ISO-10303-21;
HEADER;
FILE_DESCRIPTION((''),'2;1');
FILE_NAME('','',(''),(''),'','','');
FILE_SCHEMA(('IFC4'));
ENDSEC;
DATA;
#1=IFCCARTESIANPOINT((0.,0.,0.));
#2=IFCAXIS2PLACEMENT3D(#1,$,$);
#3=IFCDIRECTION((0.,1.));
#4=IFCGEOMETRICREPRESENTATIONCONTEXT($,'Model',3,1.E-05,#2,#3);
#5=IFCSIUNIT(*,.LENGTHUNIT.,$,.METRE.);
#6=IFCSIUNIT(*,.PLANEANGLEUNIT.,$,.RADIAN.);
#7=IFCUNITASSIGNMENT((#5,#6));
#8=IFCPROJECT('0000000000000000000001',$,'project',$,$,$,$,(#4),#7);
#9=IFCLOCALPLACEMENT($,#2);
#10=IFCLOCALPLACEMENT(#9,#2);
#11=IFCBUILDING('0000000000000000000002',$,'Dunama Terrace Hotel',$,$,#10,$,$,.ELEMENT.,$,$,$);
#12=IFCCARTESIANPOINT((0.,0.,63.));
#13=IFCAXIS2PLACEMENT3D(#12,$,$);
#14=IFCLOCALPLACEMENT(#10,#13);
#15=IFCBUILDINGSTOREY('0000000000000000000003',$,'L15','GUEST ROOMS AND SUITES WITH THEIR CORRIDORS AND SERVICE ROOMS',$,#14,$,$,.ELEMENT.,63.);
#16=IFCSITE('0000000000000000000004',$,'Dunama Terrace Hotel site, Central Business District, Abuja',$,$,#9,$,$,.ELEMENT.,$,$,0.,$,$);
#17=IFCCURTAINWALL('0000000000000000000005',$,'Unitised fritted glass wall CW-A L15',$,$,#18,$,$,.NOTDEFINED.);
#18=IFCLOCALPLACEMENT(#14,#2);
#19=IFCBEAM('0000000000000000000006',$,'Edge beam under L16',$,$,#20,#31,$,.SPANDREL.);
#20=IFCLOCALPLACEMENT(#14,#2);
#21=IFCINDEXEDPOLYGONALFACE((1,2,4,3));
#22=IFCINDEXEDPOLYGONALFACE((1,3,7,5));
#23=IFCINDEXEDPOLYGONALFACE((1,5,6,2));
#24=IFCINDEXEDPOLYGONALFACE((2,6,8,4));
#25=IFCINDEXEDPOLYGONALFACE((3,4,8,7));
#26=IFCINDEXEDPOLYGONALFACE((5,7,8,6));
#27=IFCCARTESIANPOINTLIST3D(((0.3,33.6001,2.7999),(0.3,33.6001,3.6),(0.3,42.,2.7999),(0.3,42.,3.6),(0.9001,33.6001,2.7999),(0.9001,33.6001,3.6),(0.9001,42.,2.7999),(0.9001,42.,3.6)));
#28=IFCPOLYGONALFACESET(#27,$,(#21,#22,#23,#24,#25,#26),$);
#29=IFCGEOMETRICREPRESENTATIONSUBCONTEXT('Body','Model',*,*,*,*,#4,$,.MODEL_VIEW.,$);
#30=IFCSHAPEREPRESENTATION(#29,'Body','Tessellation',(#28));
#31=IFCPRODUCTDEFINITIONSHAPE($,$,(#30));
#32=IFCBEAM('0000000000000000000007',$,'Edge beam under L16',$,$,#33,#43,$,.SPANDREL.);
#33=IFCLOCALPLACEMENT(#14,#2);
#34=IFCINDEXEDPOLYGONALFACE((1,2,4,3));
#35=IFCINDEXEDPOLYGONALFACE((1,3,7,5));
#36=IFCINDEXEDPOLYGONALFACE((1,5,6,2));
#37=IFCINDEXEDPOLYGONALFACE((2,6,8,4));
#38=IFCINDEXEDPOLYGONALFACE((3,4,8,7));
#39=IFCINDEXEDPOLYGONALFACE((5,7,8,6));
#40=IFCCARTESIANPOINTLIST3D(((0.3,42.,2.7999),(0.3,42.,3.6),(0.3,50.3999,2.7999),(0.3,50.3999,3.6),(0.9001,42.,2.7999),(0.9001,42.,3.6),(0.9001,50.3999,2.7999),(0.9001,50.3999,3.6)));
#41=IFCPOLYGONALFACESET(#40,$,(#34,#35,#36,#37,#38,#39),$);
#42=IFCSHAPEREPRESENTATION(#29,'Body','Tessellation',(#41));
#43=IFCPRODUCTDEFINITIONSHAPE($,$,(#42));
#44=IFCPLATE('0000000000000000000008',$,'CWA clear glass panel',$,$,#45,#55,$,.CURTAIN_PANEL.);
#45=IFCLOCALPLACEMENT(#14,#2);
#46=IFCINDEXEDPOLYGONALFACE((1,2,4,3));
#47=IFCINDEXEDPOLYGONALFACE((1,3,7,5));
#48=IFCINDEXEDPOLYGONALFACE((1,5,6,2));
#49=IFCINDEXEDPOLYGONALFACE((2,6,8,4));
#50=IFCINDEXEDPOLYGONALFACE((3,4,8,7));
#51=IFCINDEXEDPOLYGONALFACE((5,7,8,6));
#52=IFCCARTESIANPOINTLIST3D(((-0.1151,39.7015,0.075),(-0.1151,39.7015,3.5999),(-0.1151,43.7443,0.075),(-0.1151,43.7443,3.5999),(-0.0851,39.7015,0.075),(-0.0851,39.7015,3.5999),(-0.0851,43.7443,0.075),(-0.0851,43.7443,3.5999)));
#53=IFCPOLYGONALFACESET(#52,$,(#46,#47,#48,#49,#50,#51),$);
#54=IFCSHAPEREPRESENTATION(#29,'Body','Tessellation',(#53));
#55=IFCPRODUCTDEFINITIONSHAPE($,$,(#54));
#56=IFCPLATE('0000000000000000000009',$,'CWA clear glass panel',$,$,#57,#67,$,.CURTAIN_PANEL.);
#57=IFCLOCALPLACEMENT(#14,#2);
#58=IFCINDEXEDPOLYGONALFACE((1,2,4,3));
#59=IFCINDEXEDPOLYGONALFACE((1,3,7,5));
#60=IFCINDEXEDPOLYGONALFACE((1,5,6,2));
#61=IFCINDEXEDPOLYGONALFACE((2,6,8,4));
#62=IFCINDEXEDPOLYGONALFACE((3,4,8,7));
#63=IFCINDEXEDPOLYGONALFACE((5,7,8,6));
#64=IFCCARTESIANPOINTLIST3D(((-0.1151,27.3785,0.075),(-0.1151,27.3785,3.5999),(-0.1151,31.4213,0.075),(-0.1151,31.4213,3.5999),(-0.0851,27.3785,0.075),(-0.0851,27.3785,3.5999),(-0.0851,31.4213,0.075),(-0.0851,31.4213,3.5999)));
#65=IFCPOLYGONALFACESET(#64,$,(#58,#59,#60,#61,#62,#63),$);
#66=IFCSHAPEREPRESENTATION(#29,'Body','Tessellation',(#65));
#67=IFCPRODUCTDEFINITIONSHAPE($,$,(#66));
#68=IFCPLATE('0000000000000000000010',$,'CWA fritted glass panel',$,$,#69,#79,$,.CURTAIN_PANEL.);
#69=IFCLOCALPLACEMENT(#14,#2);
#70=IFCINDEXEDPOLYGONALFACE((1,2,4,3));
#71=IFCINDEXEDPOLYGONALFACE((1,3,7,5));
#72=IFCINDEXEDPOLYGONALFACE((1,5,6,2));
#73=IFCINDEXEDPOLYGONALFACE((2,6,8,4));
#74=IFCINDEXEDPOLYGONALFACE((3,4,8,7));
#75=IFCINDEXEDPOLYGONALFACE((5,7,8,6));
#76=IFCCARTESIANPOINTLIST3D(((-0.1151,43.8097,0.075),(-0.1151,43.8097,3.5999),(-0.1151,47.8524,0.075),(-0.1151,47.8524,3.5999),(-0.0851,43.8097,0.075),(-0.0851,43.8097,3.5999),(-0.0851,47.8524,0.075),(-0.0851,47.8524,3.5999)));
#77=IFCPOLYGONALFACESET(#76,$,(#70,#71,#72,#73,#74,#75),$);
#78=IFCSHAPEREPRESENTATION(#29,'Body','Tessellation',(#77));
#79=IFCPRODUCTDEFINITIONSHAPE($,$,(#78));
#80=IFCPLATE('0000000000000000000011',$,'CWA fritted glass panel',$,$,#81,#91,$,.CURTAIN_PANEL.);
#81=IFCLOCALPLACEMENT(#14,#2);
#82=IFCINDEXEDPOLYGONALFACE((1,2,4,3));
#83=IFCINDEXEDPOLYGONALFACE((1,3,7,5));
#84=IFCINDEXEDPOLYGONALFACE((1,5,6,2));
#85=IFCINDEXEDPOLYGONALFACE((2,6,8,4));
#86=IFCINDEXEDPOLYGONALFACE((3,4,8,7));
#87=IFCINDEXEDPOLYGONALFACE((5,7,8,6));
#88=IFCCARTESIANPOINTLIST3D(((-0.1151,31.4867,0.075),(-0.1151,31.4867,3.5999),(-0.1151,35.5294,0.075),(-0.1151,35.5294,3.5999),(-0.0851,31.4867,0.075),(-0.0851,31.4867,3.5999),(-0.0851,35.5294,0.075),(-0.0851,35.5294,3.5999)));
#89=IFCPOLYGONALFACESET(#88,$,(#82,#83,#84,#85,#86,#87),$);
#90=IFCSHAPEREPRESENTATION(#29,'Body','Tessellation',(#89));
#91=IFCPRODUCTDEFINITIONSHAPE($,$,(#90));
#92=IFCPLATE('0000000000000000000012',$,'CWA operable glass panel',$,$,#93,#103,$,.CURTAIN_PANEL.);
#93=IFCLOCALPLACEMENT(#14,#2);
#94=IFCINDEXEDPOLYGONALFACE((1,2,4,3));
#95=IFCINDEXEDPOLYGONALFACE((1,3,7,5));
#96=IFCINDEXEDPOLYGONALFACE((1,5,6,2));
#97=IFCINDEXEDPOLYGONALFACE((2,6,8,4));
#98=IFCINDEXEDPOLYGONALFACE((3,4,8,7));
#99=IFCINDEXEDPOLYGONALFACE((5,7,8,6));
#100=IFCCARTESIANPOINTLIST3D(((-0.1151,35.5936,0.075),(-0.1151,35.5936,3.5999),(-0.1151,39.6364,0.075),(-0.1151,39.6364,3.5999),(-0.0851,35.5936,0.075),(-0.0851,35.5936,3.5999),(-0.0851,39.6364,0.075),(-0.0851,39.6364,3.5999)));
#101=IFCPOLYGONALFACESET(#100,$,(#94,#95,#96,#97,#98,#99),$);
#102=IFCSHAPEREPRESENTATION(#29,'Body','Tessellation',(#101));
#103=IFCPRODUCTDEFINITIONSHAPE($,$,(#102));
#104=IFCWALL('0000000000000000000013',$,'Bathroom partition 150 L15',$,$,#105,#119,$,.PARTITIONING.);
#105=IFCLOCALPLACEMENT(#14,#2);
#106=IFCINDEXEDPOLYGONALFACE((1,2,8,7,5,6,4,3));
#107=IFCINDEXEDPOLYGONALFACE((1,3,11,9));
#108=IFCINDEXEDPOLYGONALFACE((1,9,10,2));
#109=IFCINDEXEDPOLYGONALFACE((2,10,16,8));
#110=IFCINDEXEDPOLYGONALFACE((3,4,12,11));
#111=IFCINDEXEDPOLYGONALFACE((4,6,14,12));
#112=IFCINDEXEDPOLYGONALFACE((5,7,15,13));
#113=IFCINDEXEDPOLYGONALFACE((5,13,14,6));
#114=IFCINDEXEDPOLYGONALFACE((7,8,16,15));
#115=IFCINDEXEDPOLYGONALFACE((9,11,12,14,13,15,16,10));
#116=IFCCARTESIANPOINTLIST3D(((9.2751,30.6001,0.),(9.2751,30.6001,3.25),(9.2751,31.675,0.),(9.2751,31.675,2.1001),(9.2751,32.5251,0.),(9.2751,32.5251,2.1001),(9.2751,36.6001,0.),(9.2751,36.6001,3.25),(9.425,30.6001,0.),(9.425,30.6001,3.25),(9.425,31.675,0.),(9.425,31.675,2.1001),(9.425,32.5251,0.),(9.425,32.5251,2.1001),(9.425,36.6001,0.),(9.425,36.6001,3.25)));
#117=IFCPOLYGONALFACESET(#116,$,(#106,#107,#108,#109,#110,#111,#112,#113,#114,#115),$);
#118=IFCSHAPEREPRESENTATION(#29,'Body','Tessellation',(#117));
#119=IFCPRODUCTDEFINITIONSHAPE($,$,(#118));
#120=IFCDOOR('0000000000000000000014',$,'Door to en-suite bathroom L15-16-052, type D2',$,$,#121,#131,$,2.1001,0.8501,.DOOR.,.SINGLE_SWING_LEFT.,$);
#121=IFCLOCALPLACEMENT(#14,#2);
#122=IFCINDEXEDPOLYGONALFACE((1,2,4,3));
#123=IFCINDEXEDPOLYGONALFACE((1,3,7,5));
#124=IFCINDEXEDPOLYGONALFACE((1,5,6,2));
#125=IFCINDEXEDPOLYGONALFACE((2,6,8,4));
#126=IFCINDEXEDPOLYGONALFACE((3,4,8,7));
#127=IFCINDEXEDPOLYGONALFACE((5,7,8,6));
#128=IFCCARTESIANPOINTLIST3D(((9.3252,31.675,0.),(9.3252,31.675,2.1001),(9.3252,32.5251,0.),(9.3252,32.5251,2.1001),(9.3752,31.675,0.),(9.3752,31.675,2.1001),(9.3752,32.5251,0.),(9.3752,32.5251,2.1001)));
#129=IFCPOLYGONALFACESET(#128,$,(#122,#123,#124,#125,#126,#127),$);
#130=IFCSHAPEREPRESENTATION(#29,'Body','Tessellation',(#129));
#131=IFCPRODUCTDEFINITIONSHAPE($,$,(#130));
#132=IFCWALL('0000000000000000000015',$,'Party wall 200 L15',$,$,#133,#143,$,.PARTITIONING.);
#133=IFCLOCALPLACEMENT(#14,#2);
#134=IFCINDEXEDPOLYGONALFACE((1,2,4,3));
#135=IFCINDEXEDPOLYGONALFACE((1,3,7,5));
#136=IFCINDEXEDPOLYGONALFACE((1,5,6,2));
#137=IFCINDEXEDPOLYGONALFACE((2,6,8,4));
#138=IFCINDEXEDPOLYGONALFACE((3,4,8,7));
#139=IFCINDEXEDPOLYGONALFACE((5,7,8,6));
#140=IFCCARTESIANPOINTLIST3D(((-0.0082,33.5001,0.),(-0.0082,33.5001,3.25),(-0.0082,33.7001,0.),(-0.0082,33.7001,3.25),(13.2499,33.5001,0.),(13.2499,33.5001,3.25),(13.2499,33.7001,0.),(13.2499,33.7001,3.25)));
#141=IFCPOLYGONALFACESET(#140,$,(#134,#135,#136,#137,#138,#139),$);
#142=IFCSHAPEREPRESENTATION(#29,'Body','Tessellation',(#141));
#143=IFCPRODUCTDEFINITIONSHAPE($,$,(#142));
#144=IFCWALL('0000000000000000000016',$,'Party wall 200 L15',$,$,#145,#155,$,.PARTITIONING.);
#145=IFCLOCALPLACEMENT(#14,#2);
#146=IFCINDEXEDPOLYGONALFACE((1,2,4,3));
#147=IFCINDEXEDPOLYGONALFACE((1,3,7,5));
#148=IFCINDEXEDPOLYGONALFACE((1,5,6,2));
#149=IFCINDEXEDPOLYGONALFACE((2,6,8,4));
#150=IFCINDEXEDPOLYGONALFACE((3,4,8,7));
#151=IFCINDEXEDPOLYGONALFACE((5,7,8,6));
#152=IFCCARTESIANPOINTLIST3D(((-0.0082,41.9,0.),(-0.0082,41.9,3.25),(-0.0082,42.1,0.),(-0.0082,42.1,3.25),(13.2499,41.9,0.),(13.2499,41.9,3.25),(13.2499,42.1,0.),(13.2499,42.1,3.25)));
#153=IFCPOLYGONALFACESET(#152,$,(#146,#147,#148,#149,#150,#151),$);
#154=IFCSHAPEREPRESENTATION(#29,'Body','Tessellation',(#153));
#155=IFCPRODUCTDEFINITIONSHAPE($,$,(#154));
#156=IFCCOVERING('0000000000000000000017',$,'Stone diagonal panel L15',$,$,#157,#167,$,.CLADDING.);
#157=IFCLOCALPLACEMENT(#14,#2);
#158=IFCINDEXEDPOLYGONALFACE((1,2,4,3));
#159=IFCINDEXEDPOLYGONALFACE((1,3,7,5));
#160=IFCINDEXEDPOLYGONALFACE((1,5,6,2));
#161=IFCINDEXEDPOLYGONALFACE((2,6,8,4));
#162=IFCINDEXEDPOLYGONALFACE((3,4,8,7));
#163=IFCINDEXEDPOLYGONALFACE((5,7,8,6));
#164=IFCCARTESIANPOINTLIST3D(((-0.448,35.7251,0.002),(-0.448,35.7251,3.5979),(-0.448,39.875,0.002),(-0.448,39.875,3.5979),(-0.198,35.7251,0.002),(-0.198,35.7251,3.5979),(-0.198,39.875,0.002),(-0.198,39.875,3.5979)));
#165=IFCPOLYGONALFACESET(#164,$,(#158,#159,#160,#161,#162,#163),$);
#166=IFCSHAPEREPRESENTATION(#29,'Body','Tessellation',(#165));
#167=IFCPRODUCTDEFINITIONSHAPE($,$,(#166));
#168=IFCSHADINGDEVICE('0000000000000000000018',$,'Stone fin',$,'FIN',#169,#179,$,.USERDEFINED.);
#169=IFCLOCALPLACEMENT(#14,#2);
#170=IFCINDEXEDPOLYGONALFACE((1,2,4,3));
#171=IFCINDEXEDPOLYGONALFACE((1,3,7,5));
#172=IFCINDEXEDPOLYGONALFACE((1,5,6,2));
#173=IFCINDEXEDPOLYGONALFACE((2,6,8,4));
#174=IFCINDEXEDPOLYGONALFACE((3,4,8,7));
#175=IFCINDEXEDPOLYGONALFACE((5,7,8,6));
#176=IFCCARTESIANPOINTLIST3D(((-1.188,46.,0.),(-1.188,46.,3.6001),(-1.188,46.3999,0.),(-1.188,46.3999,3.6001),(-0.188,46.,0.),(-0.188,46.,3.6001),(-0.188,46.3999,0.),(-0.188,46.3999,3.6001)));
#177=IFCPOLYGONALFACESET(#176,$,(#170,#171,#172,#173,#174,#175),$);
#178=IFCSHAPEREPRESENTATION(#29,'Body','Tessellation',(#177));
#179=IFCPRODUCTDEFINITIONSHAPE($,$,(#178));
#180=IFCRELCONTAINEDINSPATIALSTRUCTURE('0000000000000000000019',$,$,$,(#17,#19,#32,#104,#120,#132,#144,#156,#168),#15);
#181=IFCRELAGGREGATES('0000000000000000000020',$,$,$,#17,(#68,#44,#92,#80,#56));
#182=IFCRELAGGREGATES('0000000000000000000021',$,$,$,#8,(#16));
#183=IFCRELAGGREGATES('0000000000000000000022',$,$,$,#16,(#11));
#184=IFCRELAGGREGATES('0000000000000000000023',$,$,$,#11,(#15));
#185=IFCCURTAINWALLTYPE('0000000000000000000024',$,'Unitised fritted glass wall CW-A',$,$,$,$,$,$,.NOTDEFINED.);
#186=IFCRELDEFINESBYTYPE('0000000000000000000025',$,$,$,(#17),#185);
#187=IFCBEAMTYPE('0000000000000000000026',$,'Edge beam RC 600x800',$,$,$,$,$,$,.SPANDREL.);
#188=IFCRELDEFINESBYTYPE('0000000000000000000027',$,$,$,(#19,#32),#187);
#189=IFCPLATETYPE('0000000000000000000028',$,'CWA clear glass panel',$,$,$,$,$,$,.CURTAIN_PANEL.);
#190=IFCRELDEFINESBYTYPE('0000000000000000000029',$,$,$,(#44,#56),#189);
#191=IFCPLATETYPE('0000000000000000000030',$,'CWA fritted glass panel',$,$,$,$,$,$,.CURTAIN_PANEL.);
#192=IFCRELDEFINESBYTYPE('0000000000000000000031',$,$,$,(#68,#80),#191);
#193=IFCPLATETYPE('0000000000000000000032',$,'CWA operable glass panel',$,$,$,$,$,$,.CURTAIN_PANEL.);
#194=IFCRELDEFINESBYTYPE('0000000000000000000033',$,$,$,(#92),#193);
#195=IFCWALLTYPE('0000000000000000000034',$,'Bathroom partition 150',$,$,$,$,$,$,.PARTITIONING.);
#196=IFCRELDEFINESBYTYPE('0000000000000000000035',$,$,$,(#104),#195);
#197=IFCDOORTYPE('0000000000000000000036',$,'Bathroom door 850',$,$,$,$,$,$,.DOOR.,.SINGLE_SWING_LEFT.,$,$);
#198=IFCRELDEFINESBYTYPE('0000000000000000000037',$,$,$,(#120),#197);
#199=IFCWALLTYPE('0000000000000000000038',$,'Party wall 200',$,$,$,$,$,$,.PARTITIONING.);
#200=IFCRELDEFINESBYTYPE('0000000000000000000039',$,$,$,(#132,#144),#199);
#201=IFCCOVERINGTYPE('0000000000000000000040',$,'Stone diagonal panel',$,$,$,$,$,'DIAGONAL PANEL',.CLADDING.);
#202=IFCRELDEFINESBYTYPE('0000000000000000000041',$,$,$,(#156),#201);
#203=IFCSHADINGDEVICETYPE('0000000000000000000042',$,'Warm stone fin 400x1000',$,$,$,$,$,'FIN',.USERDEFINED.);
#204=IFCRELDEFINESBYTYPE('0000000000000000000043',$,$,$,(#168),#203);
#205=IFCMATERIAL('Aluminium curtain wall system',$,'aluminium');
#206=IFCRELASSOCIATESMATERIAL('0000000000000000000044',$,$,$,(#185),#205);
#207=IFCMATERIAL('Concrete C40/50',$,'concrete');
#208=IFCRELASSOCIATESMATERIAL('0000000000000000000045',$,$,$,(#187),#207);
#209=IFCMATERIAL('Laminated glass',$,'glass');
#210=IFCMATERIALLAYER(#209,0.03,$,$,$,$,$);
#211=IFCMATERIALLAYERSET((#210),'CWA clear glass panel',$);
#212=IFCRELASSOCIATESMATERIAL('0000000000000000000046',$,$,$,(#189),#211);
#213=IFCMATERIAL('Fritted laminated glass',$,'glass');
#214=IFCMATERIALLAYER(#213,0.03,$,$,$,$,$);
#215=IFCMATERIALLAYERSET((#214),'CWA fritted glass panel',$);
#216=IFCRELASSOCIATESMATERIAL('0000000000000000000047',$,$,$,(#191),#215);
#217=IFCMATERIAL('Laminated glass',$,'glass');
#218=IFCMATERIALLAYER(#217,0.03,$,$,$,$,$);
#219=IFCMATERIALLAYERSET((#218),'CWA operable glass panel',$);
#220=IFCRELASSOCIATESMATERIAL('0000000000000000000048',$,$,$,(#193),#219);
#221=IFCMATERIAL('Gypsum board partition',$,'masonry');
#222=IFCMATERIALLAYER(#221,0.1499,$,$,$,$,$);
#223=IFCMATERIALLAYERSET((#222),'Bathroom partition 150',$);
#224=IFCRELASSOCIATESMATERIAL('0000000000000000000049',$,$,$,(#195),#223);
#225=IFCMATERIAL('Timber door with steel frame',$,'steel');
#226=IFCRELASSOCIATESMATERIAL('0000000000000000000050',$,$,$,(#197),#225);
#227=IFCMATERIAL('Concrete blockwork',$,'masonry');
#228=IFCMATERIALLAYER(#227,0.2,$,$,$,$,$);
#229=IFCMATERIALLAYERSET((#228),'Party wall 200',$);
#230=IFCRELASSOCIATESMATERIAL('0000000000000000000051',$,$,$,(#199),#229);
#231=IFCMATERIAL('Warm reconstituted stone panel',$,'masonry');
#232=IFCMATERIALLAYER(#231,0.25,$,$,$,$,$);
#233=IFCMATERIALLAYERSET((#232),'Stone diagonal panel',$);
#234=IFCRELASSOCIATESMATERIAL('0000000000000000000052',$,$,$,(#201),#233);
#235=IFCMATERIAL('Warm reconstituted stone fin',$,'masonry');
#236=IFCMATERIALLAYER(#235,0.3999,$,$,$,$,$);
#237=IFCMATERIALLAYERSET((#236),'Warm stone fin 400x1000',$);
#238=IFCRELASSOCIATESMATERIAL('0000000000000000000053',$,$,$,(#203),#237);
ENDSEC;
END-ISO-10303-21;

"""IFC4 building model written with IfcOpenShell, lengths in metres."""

from ifc_helpers import new_model, si_unit, direction, frame, frame_2d, origin, origin_2d, place, context, subcontext, project, spatial, rectangle, extrude, material, layer, layer_set, material_profile, profile_set, type_object, element, fill, aggregate, save


model = new_model("IFC4")

# Units and contexts
model_context = context("Model", 3, precision=1e-05, world=origin(), true_north=direction((0.0, 1.0)))
body_context = subcontext(model_context, "Body", "Model", "MODEL_VIEW")
ifc_project = project(units=[si_unit("LENGTHUNIT", "METRE"), si_unit("PLANEANGLEUNIT", "RADIAN")], contexts=[model_context])

# Site, building, storey
site_placement = place(None, origin())
site = spatial("IfcSite", under=ifc_project, at=site_placement, Name="Dunama Terrace Hotel site, Central Business District, Abuja", CompositionType="ELEMENT", RefElevation=0.0)
building_placement = place(site_placement, origin())
building = spatial("IfcBuilding", under=site, at=building_placement, Name="Dunama Terrace Hotel", CompositionType="ELEMENT")
storey_placement = place(building_placement, frame((0.0, 0.0, 63.0)))
storey = spatial("IfcBuildingStorey", under=building, at=storey_placement, Name="L15", Description="GUEST ROOMS AND SUITES WITH THEIR CORRIDORS AND SERVICE ROOMS", CompositionType="ELEMENT", Elevation=63.0)

# Curtain wall
ifc_material_1 = material(Name="Aluminium curtain wall system", Category="aluminium")
curtain_wall_type = type_object("IfcCurtainWallType", Name="Unitised fritted glass wall CW-A", PredefinedType="NOTDEFINED", material=ifc_material_1)
curtain_wall_placement = place(storey_placement, origin())
curtain_wall = element("IfcCurtainWall", 1, at=curtain_wall_placement, inside=storey, type_object=curtain_wall_type, Name="Unitised fritted glass wall CW-A L15", PredefinedType="NOTDEFINED")

# Beams
ifc_material_2 = material(Name="Concrete C40/50", Category="concrete")
ifc_material_profile_1 = material_profile(ifc_material_2, rectangle(XDim=0.6001, YDim=0.8, at=origin_2d()), Name="RC 600x800")
ifc_profile_set_1 = profile_set([ifc_material_profile_1], Name="Concrete C40/50")
beam_type = type_object("IfcBeamType", Name="Edge beam RC 600x800", PredefinedType="SPANDREL", material=ifc_profile_set_1)
for number, where, z_axis, x_axis, name in (
    (2, (0.6001, 33.6001, 3.2), (0.0, 1.0, 0.0), (-1.0, 0.0, 0.0), "Edge beam under L16"),
    (3, (0.6001, 42.0, 3.2), (0.0, 1.0, 0.0), (-1.0, 0.0, 0.0), "Edge beam under L16"),
):
    element("IfcBeam", number, at=place(storey_placement, frame(where, z_axis=z_axis, x_axis=x_axis)), inside=storey, type_object=beam_type, Name=name, PredefinedType="SPANDREL", context=body_context, shape_type="SweptSolid", body=[
        extrude(rectangle(XDim=0.6001, YDim=0.8, at=origin_2d()), origin(), (0.0, 0.0, 1.0), 8.3999),
    ])

# Plates
ifc_material_3 = material(Name="Laminated glass", Category="glass")
ifc_layer_1 = layer(ifc_material_3, 0.03)
ifc_layer_set_1 = layer_set([ifc_layer_1], Name="CWA clear glass panel")
plate_type_1 = type_object("IfcPlateType", Name="CWA clear glass panel", PredefinedType="CURTAIN_PANEL", material=ifc_layer_set_1)
plate_1_placement = place(storey_placement, frame((-0.1001, 41.7229, 0.075), z_axis=(0.0, 0.0, 1.0), x_axis=(0.0, -1.0, 0.0)))
plate_1 = element("IfcPlate", 4, at=plate_1_placement, type_object=plate_type_1, Name="CWA clear glass panel", PredefinedType="CURTAIN_PANEL", context=body_context, shape_type="SweptSolid", body=[
    extrude(rectangle(XDim=4.0427, YDim=0.03, at=origin_2d()), origin(), (0.0, 0.0, 1.0), 3.5249),
])
plate_2_placement = place(storey_placement, frame((-0.1001, 29.3999, 0.075), z_axis=(0.0, 0.0, 1.0), x_axis=(0.0, -1.0, 0.0)))
plate_2 = element("IfcPlate", 5, at=plate_2_placement, type_object=plate_type_1, Name="CWA clear glass panel", PredefinedType="CURTAIN_PANEL", context=body_context, shape_type="SweptSolid", body=[
    extrude(rectangle(XDim=4.0427, YDim=0.03, at=origin_2d()), origin(), (0.0, 0.0, 1.0), 3.5249),
])
ifc_material_4 = material(Name="Fritted laminated glass", Category="glass")
ifc_layer_2 = layer(ifc_material_4, 0.03)
ifc_layer_set_2 = layer_set([ifc_layer_2], Name="CWA fritted glass panel")
plate_type_2 = type_object("IfcPlateType", Name="CWA fritted glass panel", PredefinedType="CURTAIN_PANEL", material=ifc_layer_set_2)
plate_3_placement = place(storey_placement, frame((-0.1001, 45.8311, 0.075), z_axis=(0.0, 0.0, 1.0), x_axis=(0.0, -1.0, 0.0)))
plate_3 = element("IfcPlate", 6, at=plate_3_placement, type_object=plate_type_2, Name="CWA fritted glass panel", PredefinedType="CURTAIN_PANEL", context=body_context, shape_type="SweptSolid", body=[
    extrude(rectangle(XDim=4.0427, YDim=0.03, at=origin_2d()), origin(), (0.0, 0.0, 1.0), 3.5249),
])
plate_4_placement = place(storey_placement, frame((-0.1001, 33.5081, 0.075), z_axis=(0.0, 0.0, 1.0), x_axis=(0.0, -1.0, 0.0)))
plate_4 = element("IfcPlate", 7, at=plate_4_placement, type_object=plate_type_2, Name="CWA fritted glass panel", PredefinedType="CURTAIN_PANEL", context=body_context, shape_type="SweptSolid", body=[
    extrude(rectangle(XDim=4.0427, YDim=0.03, at=origin_2d()), origin(), (0.0, 0.0, 1.0), 3.5249),
])
ifc_material_5 = material(Name="Laminated glass", Category="glass")
ifc_layer_3 = layer(ifc_material_5, 0.03)
ifc_layer_set_3 = layer_set([ifc_layer_3], Name="CWA operable glass panel")
plate_type_3 = type_object("IfcPlateType", Name="CWA operable glass panel", PredefinedType="CURTAIN_PANEL", material=ifc_layer_set_3)
plate_5_placement = place(storey_placement, frame((-0.1001, 37.615, 0.075), z_axis=(0.0, 0.0, 1.0), x_axis=(0.0, -1.0, 0.0)))
plate_5 = element("IfcPlate", 8, at=plate_5_placement, type_object=plate_type_3, Name="CWA operable glass panel", PredefinedType="CURTAIN_PANEL", context=body_context, shape_type="SweptSolid", body=[
    extrude(rectangle(XDim=4.0427, YDim=0.03, at=origin_2d()), origin(), (0.0, 0.0, 1.0), 3.5249),
])
aggregate(curtain_wall, [plate_3, plate_1, plate_5, plate_4, plate_2])

# Wall, opening, door
ifc_material_6 = material(Name="Gypsum board partition", Category="masonry")
ifc_layer_4 = layer(ifc_material_6, 0.1499)
ifc_layer_set_4 = layer_set([ifc_layer_4], Name="Bathroom partition 150")
wall_type_1 = type_object("IfcWallType", Name="Bathroom partition 150", PredefinedType="PARTITIONING", material=ifc_layer_set_4)
wall_placement = place(storey_placement, frame((9.3501, 30.6001, 0.0), z_axis=(0.0, 0.0, 1.0), x_axis=(0.0, 1.0, 0.0)))
wall = element("IfcWall", 9, at=wall_placement, inside=storey, type_object=wall_type_1, Name="Bathroom partition 150 L15", PredefinedType="PARTITIONING", context=body_context, shape_type="SweptSolid", body=[
    extrude(rectangle(XDim=6.0, YDim=0.1499, at=frame_2d((3.0, 0.0))), origin(), (0.0, 0.0, 1.0), 3.25),
])
opening_placement = place(wall_placement, frame((1.075, 0.0, 0.0)))
opening = element("IfcOpeningElement", 10, at=opening_placement, cuts=wall, PredefinedType="OPENING", context=body_context, shape_type="SweptSolid", body=[
    extrude(rectangle(XDim=0.8501, YDim=2.1001, at=frame_2d((0.425, 1.05))), frame((0.0, 0.085, 0.0), z_axis=(0.0, -1.0, 0.0), x_axis=(1.0, 0.0, 0.0)), (0.0, 0.0, 1.0), 0.1699),
])
ifc_material_7 = material(Name="Timber door with steel frame", Category="steel")
door_type = type_object("IfcDoorType", Name="Bathroom door 850", OperationType="SINGLE_SWING_LEFT", PredefinedType="DOOR", material=ifc_material_7)
door_placement = place(opening_placement, frame((0.8501, 0.0, 0.0), z_axis=(0.0, 0.0, 1.0), x_axis=(-1.0, 0.0, 0.0)))
door = element("IfcDoor", 11, at=door_placement, inside=storey, type_object=door_type, Name="Door to en-suite bathroom L15-16-052, type D2", OperationType="SINGLE_SWING_LEFT", OverallHeight=2.1001, OverallWidth=0.8501, PredefinedType="DOOR", context=body_context, shape_type="SweptSolid", body=[
    extrude(rectangle(XDim=0.8501, YDim=2.1001, at=frame_2d((0.425, 1.05))), frame((0.0, 0.0251, 0.0), z_axis=(0.0, -1.0, 0.0), x_axis=(1.0, 0.0, 0.0)), (0.0, 0.0, 1.0), 0.05),
])
fill(opening, door)

# Walls
ifc_material_8 = material(Name="Concrete blockwork", Category="masonry")
ifc_layer_5 = layer(ifc_material_8, 0.2)
ifc_layer_set_5 = layer_set([ifc_layer_5], Name="Party wall 200")
wall_type_2 = type_object("IfcWallType", Name="Party wall 200", PredefinedType="PARTITIONING", material=ifc_layer_set_5)
for number, where, z_axis, x_axis, name in (
    (12, (-0.0081, 33.6001, 0.0), (0.0, 0.0, 1.0), (1.0, 0.0, 0.0), "Party wall 200 L15"),
    (13, (-0.0081, 42.0, 0.0), (0.0, 0.0, 1.0), (1.0, 0.0, 0.0), "Party wall 200 L15"),
):
    element("IfcWall", number, at=place(storey_placement, frame(where, z_axis=z_axis, x_axis=x_axis)), inside=storey, type_object=wall_type_2, Name=name, PredefinedType="PARTITIONING", context=body_context, shape_type="SweptSolid", body=[
        extrude(rectangle(XDim=13.2581, YDim=0.2, at=frame_2d((6.6289, 0.0))), origin(), (0.0, 0.0, 1.0), 3.25),
    ])

# Covering
ifc_material_9 = material(Name="Warm reconstituted stone panel", Category="masonry")
ifc_layer_6 = layer(ifc_material_9, 0.25)
ifc_layer_set_6 = layer_set([ifc_layer_6], Name="Stone diagonal panel")
covering_type = type_object("IfcCoveringType", Name="Stone diagonal panel", ElementType="DIAGONAL PANEL", PredefinedType="CLADDING", material=ifc_layer_set_6)
covering_placement = place(storey_placement, frame((-0.323, 37.8, 0.002), z_axis=(0.0, 0.0, 1.0), x_axis=(0.0, -1.0, 0.0)))
element("IfcCovering", 14, at=covering_placement, inside=storey, type_object=covering_type, Name="Stone diagonal panel L15", PredefinedType="CLADDING", context=body_context, shape_type="SweptSolid", body=[
    extrude(rectangle(XDim=4.1499, YDim=0.25, at=origin_2d()), origin(), (0.0, 0.0, 1.0), 3.5959),
])

# Shading device
ifc_material_10 = material(Name="Warm reconstituted stone fin", Category="masonry")
ifc_layer_7 = layer(ifc_material_10, 0.3999)
ifc_layer_set_7 = layer_set([ifc_layer_7], Name="Warm stone fin 400x1000")
shading_device_type = type_object("IfcShadingDeviceType", Name="Warm stone fin 400x1000", ElementType="FIN", PredefinedType="USERDEFINED", material=ifc_layer_set_7)
for number, where, z_axis, x_axis, name in (
    (15, (-0.688, 46.2, 0.0), (0.0, 0.0, 1.0), (0.0, -1.0, 0.0), "Stone fin"),
):
    element("IfcShadingDevice", number, at=place(storey_placement, frame(where, z_axis=z_axis, x_axis=x_axis)), inside=storey, type_object=shading_device_type, Name=name, ObjectType="FIN", PredefinedType="USERDEFINED", context=body_context, shape_type="SweptSolid", body=[
        extrude(rectangle(XDim=0.3999, YDim=1.0, at=origin_2d()), origin(), (0.0, 0.0, 1.0), 3.6001),
    ])

save(model, "model.ifc")
